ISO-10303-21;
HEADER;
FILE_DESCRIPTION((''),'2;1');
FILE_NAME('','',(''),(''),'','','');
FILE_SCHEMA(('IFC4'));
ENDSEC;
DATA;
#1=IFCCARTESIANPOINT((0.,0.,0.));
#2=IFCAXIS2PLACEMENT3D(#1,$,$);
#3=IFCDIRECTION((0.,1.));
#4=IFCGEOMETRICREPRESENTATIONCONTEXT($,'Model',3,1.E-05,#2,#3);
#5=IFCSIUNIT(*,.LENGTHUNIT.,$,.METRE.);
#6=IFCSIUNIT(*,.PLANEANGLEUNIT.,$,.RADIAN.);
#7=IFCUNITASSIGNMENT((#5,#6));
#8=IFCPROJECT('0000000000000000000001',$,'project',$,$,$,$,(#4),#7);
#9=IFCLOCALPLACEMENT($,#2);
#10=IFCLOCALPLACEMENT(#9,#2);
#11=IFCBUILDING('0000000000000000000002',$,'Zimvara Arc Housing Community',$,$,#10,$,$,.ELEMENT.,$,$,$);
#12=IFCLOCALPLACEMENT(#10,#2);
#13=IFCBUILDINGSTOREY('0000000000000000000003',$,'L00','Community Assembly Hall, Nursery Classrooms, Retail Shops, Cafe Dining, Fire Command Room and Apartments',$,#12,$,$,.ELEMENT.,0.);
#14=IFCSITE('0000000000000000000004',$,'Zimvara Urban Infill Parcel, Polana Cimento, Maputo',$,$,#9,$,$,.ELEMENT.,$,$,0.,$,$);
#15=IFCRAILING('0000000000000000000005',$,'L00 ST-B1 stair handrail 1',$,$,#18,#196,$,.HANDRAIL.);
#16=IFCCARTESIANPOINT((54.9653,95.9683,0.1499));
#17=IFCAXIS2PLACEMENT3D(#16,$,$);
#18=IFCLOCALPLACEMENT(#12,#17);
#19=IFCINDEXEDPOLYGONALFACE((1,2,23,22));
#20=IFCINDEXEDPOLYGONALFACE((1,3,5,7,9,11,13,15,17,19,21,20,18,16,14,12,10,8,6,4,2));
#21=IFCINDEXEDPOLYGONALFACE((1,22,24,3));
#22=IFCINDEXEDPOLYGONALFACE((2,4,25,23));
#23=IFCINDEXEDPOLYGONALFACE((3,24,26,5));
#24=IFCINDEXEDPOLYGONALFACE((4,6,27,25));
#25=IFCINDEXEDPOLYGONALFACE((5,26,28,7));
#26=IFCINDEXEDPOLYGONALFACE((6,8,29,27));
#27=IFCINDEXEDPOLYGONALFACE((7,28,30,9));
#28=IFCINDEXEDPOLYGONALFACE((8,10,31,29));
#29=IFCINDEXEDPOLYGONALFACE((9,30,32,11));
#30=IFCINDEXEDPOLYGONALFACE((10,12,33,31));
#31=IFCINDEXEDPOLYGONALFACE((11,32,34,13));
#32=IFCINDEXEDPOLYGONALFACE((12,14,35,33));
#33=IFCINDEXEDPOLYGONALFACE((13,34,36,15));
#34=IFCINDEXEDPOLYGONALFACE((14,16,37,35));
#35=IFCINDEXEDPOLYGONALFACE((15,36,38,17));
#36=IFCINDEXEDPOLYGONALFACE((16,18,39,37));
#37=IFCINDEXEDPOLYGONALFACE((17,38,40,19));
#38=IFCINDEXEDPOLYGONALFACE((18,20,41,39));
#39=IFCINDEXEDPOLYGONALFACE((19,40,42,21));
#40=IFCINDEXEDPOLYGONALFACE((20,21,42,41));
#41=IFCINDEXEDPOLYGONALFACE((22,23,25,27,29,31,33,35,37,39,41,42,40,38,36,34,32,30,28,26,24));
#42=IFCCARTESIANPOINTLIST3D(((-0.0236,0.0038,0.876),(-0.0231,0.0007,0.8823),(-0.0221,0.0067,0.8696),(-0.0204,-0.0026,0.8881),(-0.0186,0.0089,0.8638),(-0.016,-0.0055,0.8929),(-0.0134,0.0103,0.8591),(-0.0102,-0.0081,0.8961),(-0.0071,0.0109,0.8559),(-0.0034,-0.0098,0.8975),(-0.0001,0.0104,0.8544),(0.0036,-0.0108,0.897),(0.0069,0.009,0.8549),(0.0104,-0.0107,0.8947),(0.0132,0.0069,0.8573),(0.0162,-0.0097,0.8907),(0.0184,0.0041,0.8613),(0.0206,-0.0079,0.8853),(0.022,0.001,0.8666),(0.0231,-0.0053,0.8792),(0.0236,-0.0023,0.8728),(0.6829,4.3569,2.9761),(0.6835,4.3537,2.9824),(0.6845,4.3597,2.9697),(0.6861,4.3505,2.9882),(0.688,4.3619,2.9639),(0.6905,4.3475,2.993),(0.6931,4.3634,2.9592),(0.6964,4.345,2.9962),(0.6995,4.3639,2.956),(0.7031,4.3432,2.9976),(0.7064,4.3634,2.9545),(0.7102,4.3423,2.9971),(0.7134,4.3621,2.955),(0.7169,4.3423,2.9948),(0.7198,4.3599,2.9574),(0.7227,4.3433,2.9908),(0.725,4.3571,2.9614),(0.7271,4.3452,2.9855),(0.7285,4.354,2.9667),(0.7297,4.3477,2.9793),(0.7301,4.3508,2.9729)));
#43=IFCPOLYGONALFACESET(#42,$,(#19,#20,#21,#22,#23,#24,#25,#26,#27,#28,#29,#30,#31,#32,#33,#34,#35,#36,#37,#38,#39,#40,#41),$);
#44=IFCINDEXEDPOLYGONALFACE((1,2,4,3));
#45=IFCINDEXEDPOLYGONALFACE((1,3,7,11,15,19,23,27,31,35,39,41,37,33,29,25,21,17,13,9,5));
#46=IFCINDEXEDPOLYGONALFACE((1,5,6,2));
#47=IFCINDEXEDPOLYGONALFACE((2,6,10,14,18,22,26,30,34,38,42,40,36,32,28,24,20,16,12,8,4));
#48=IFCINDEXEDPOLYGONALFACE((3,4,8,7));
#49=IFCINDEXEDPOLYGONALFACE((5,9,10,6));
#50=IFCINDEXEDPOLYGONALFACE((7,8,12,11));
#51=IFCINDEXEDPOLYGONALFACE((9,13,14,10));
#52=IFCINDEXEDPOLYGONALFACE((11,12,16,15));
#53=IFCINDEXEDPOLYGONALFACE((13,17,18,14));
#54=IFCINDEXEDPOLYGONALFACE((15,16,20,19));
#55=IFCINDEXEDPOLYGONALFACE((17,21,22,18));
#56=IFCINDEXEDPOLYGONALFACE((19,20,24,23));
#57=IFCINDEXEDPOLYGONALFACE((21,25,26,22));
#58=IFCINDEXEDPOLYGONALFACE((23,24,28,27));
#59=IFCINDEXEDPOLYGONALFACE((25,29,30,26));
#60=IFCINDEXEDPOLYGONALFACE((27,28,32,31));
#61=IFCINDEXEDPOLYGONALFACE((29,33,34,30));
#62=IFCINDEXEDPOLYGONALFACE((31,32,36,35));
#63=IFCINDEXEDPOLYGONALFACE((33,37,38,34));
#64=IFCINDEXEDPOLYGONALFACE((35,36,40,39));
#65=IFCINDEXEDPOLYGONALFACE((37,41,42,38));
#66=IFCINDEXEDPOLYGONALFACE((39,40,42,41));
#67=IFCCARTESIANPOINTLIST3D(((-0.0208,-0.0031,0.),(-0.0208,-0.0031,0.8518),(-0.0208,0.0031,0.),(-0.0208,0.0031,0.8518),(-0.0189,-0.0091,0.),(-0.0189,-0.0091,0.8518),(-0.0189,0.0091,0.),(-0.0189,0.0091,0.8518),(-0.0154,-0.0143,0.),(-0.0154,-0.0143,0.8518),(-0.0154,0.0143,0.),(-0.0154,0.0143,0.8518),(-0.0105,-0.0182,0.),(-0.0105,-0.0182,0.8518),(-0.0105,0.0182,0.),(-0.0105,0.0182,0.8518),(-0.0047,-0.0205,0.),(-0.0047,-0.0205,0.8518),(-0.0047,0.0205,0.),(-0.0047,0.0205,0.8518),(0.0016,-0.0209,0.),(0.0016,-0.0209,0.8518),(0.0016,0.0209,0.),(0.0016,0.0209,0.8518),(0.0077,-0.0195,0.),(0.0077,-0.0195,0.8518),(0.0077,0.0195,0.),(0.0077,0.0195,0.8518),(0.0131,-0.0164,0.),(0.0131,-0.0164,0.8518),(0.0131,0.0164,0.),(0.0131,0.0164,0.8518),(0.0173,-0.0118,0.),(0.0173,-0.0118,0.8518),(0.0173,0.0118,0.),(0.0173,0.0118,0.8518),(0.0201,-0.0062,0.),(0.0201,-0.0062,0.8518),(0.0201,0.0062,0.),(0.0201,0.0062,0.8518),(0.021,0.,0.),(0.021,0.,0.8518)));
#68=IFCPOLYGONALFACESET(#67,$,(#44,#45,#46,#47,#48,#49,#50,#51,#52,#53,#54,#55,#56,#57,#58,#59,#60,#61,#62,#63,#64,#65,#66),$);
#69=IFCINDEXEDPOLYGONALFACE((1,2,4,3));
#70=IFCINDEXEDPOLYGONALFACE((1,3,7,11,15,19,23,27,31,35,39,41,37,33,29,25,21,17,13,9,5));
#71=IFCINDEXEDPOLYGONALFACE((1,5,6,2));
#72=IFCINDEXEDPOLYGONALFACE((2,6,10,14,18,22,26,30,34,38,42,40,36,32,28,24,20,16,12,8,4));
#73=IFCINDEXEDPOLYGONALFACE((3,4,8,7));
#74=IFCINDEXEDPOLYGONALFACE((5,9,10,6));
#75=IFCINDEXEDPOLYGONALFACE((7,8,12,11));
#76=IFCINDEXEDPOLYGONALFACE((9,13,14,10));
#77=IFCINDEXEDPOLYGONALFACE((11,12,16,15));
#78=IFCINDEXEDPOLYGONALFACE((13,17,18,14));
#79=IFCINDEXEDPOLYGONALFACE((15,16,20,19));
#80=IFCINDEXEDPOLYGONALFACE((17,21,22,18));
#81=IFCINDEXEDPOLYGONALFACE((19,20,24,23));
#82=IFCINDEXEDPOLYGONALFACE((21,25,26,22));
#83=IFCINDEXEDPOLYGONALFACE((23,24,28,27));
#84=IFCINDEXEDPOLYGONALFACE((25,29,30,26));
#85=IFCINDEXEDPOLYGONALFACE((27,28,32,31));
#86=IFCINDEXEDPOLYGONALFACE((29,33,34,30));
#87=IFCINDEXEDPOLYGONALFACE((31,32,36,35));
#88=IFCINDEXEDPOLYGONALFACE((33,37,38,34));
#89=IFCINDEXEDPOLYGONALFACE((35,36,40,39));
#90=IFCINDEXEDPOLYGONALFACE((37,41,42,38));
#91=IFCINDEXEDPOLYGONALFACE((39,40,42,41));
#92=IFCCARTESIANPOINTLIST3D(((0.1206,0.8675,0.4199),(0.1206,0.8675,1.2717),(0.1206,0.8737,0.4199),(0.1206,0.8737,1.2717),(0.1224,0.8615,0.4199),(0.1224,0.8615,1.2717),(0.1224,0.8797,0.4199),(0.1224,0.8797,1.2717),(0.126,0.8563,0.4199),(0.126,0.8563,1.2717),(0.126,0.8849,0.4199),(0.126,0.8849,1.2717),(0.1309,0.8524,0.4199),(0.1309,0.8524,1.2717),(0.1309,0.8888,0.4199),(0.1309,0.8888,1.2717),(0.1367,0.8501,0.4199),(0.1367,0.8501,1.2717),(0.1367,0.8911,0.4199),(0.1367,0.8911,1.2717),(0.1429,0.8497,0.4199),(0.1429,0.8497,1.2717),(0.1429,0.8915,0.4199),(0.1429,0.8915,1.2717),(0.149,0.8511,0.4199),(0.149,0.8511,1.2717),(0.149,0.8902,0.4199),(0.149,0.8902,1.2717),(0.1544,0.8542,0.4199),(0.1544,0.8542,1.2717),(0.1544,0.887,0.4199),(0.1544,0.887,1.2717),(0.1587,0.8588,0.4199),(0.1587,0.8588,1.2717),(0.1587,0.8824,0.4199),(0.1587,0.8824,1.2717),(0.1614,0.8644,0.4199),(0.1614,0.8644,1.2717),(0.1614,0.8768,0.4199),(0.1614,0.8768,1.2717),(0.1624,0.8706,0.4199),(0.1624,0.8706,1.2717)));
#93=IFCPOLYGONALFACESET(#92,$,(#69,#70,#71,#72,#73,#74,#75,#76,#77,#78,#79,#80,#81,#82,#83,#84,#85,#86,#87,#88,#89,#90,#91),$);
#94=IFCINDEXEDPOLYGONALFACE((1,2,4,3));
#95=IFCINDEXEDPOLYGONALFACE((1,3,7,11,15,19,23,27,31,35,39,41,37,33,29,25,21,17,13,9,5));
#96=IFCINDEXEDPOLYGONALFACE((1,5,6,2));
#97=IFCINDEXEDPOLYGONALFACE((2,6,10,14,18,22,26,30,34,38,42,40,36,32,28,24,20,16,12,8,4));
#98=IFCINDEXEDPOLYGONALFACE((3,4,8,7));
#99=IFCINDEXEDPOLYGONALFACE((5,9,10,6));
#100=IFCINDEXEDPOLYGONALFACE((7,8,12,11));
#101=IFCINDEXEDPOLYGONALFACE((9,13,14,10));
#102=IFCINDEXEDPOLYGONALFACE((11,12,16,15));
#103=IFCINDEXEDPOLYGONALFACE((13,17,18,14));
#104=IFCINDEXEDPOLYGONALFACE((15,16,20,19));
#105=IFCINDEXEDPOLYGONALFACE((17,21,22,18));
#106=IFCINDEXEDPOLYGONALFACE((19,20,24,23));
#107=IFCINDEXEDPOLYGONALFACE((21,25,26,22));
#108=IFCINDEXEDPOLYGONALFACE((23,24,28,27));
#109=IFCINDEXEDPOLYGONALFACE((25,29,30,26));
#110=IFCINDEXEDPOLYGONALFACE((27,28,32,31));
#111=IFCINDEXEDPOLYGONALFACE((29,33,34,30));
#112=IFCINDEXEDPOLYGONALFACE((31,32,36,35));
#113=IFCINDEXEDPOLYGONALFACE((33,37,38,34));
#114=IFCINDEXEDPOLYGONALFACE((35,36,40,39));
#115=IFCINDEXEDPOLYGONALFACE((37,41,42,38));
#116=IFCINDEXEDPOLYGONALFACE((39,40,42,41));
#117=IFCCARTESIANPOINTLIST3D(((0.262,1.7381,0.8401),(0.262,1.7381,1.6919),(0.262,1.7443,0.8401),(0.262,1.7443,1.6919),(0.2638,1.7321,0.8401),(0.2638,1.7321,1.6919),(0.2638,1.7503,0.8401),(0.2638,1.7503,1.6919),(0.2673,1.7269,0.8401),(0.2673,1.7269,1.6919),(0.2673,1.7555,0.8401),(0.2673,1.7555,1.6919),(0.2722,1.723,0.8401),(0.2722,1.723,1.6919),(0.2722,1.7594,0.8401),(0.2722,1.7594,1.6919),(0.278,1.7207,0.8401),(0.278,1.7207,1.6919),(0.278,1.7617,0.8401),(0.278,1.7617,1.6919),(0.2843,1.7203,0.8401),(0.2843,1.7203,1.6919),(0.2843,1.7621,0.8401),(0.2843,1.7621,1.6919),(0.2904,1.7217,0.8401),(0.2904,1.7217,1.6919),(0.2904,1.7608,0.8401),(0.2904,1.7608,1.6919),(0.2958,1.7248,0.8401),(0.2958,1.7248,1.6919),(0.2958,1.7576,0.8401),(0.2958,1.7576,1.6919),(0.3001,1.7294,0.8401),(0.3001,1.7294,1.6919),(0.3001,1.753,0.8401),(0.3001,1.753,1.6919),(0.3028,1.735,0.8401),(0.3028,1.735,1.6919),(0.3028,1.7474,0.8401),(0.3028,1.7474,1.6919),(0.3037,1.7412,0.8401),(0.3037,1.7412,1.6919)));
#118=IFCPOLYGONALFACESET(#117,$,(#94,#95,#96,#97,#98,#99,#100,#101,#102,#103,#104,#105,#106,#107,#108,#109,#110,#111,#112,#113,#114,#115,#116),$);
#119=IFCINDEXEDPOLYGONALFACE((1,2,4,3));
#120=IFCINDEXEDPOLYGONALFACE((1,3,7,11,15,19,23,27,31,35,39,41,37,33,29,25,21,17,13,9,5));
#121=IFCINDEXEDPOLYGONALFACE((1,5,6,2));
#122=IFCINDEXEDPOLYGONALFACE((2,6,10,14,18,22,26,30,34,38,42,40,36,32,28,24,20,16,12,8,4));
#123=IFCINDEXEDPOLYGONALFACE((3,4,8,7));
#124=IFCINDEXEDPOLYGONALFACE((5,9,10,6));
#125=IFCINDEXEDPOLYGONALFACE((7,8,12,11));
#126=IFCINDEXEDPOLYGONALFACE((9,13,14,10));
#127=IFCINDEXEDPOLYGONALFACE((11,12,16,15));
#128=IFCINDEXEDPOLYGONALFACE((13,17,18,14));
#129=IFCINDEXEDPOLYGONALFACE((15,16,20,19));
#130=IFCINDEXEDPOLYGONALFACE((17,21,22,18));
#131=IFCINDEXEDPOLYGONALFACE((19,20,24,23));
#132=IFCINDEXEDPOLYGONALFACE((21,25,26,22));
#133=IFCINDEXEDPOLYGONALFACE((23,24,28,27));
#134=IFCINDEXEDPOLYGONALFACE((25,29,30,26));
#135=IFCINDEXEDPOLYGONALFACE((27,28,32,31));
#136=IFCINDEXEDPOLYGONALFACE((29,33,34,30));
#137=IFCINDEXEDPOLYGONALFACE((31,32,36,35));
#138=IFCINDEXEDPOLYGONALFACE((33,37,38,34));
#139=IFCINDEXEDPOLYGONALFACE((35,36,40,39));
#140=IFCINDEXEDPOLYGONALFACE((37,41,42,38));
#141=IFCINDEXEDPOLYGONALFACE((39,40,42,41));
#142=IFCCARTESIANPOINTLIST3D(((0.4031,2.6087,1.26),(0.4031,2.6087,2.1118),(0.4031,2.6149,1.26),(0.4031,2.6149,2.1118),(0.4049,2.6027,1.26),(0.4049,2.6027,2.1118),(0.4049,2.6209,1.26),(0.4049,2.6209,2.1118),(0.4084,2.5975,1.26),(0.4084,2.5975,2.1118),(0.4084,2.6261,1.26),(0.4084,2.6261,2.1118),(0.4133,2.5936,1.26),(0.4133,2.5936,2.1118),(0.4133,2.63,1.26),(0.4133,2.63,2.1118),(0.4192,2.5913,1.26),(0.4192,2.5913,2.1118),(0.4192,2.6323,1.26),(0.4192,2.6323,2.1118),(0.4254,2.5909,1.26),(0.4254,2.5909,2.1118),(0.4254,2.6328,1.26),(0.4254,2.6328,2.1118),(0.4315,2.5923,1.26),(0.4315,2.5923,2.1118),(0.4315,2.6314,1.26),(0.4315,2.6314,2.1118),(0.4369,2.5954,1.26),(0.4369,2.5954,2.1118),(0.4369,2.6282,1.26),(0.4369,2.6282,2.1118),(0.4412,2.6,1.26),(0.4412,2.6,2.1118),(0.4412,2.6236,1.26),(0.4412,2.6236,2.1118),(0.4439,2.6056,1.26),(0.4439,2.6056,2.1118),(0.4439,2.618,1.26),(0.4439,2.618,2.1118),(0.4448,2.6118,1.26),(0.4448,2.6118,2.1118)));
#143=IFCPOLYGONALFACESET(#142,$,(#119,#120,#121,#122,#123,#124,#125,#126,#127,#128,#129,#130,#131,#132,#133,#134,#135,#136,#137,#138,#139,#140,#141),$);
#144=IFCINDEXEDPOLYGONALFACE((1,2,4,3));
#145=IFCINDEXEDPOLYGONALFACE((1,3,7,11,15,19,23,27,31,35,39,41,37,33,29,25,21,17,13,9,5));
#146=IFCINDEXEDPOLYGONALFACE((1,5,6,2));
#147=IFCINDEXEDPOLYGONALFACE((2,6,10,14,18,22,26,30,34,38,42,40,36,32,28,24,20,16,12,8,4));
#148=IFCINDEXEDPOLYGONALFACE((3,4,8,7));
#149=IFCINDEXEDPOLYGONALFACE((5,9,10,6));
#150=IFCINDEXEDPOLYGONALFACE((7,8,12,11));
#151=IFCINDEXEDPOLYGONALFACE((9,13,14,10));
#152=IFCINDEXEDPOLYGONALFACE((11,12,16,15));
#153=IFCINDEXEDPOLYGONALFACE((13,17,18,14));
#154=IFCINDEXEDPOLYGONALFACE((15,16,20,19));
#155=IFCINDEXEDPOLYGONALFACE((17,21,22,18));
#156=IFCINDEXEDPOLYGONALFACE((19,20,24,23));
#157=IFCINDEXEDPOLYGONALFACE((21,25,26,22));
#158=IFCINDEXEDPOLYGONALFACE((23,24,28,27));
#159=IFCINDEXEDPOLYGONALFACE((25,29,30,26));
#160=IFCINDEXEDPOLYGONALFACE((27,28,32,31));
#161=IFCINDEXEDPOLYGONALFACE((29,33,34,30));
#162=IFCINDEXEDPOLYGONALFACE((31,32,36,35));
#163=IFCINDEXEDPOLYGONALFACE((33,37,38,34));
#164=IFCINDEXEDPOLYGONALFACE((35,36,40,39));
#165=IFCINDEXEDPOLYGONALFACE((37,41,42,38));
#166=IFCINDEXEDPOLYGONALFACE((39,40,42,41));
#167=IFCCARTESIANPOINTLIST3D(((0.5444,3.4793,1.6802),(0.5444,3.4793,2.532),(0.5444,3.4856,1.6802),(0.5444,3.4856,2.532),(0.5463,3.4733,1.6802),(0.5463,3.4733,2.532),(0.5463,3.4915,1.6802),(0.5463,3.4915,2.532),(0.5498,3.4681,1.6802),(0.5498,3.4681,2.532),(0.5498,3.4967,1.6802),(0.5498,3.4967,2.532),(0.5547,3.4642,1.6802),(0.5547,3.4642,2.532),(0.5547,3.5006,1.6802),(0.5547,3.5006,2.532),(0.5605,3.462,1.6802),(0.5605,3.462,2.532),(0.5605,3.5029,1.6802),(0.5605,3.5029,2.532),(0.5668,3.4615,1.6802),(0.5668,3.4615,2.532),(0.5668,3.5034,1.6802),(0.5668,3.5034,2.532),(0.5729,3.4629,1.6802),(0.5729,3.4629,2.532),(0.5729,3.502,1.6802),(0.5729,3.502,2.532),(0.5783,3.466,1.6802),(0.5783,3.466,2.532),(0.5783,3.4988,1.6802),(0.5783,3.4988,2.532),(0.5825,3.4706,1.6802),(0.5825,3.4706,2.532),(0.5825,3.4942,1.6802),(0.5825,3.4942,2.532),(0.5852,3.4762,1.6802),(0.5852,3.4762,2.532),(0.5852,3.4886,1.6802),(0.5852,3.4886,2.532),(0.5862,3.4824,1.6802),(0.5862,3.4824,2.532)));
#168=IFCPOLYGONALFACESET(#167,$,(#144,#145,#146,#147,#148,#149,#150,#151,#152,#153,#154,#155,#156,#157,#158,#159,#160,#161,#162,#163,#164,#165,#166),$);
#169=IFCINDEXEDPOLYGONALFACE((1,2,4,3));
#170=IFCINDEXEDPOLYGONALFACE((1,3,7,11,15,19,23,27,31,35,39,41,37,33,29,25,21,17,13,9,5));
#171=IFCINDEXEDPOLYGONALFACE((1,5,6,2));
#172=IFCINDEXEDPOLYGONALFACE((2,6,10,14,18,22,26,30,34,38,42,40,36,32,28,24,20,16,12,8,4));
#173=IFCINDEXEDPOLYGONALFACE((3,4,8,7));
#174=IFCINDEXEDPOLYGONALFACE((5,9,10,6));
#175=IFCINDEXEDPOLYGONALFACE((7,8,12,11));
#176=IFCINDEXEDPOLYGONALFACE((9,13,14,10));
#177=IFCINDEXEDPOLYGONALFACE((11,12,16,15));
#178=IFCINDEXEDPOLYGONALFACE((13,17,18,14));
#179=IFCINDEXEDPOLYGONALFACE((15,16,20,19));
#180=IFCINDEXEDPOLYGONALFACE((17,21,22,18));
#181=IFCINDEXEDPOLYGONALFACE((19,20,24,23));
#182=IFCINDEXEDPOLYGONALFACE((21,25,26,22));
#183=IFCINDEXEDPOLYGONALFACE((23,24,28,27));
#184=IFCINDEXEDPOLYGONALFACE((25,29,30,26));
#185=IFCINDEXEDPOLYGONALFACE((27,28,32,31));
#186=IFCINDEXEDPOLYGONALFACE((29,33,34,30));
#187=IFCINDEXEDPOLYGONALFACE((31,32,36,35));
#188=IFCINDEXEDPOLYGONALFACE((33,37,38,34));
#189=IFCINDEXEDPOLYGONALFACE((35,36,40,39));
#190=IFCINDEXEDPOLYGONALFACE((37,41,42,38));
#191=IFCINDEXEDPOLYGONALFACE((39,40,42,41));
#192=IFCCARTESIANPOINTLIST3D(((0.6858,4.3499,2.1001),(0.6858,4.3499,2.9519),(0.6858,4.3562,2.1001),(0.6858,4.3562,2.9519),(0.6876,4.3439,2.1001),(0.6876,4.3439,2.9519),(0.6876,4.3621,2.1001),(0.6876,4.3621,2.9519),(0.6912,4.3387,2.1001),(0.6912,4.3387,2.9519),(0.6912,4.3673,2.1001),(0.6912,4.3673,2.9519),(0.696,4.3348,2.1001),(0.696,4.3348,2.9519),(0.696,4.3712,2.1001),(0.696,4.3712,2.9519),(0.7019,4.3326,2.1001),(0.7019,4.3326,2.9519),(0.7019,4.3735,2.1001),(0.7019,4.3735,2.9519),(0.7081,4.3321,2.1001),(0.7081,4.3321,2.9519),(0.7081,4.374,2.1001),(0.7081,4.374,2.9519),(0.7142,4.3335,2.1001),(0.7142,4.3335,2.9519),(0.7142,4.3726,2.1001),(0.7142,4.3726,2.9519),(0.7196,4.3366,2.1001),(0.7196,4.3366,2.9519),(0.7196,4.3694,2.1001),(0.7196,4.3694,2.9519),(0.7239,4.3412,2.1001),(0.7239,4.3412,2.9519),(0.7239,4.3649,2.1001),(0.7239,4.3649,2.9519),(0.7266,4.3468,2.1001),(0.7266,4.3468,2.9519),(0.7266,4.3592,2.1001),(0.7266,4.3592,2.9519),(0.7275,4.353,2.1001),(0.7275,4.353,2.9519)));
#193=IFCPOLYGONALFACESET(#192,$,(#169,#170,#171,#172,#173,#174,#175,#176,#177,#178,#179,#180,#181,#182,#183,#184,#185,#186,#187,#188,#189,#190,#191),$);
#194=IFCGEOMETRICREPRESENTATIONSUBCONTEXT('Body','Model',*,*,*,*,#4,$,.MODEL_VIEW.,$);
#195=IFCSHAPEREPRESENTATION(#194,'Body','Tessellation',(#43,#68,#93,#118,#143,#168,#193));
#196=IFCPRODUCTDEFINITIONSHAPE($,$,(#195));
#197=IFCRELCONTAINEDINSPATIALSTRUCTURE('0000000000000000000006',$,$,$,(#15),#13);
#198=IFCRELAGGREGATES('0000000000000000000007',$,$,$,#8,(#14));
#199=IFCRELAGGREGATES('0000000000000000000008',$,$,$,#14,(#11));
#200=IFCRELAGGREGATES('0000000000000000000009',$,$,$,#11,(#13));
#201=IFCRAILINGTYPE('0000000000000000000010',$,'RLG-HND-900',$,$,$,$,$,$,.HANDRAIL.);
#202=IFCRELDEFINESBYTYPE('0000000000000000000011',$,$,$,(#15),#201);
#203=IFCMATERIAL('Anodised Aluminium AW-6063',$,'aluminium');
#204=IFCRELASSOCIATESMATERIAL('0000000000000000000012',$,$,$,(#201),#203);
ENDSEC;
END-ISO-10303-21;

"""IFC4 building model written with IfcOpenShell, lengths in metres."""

from ifc_helpers import new_model, si_unit, direction, frame, origin, origin_2d, place, context, subcontext, project, spatial, circle, extrude, material, type_object, element, save


model = new_model("IFC4")

# Units and contexts
model_context = context("Model", 3, precision=1e-05, world=origin(), true_north=direction((0.0, 1.0)))
body_context = subcontext(model_context, "Body", "Model", "MODEL_VIEW")
ifc_project = project(units=[si_unit("LENGTHUNIT", "METRE"), si_unit("PLANEANGLEUNIT", "RADIAN")], contexts=[model_context])

# Site, building, storey
site_placement = place(None, origin())
site = spatial("IfcSite", under=ifc_project, at=site_placement, Name="Zimvara Urban Infill Parcel, Polana Cimento, Maputo", CompositionType="ELEMENT", RefElevation=0.0)
building_placement = place(site_placement, origin())
building = spatial("IfcBuilding", under=site, at=building_placement, Name="Zimvara Arc Housing Community", CompositionType="ELEMENT")
storey_placement = place(building_placement, origin())
storey = spatial("IfcBuildingStorey", under=building, at=storey_placement, Name="L00", Description="Community Assembly Hall, Nursery Classrooms, Retail Shops, Cafe Dining, Fire Command Room and Apartments", CompositionType="ELEMENT", Elevation=0.0)

# Railing
ifc_material_1 = material(Name="Anodised Aluminium AW-6063", Category="aluminium")
railing_type_1 = type_object("IfcRailingType", Name="RLG-HND-900", PredefinedType="HANDRAIL", material=ifc_material_1)
railing_1_placement = place(storey_placement, frame((54.9653, 95.9683, 0.1499)))
element("IfcRailing", 1, at=railing_1_placement, inside=storey, type_object=railing_type_1, Name="L00 ST-B1 stair handrail 1", PredefinedType="HANDRAIL", context=body_context, shape_type="SweptSolid", body=[
    extrude(circle(Radius=0.0239, at=origin_2d()), frame((0.0, 0.0, 0.876), z_axis=(0.14465, 0.89119, 0.42995), x_axis=(-0.987082, 0.160214, 0.0)), (0.0, 0.0, 1.0), 4.8845),
    extrude(circle(Radius=0.021, at=origin_2d()), origin(), (0.0, 0.0, 1.0), 0.8518),
    extrude(circle(Radius=0.021, at=origin_2d()), frame((0.1414, 0.8706, 0.4199)), (0.0, 0.0, 1.0), 0.8518),
    extrude(circle(Radius=0.021, at=origin_2d()), frame((0.2827, 1.7412, 0.8401)), (0.0, 0.0, 1.0), 0.8518),
    extrude(circle(Radius=0.021, at=origin_2d()), frame((0.4238, 2.6118, 1.26)), (0.0, 0.0, 1.0), 0.8518),
    extrude(circle(Radius=0.021, at=origin_2d()), frame((0.5652, 3.4824, 1.6802)), (0.0, 0.0, 1.0), 0.8518),
    extrude(circle(Radius=0.021, at=origin_2d()), frame((0.7065, 4.353, 2.1001)), (0.0, 0.0, 1.0), 0.8518),
])

save(model, "model.ifc")
